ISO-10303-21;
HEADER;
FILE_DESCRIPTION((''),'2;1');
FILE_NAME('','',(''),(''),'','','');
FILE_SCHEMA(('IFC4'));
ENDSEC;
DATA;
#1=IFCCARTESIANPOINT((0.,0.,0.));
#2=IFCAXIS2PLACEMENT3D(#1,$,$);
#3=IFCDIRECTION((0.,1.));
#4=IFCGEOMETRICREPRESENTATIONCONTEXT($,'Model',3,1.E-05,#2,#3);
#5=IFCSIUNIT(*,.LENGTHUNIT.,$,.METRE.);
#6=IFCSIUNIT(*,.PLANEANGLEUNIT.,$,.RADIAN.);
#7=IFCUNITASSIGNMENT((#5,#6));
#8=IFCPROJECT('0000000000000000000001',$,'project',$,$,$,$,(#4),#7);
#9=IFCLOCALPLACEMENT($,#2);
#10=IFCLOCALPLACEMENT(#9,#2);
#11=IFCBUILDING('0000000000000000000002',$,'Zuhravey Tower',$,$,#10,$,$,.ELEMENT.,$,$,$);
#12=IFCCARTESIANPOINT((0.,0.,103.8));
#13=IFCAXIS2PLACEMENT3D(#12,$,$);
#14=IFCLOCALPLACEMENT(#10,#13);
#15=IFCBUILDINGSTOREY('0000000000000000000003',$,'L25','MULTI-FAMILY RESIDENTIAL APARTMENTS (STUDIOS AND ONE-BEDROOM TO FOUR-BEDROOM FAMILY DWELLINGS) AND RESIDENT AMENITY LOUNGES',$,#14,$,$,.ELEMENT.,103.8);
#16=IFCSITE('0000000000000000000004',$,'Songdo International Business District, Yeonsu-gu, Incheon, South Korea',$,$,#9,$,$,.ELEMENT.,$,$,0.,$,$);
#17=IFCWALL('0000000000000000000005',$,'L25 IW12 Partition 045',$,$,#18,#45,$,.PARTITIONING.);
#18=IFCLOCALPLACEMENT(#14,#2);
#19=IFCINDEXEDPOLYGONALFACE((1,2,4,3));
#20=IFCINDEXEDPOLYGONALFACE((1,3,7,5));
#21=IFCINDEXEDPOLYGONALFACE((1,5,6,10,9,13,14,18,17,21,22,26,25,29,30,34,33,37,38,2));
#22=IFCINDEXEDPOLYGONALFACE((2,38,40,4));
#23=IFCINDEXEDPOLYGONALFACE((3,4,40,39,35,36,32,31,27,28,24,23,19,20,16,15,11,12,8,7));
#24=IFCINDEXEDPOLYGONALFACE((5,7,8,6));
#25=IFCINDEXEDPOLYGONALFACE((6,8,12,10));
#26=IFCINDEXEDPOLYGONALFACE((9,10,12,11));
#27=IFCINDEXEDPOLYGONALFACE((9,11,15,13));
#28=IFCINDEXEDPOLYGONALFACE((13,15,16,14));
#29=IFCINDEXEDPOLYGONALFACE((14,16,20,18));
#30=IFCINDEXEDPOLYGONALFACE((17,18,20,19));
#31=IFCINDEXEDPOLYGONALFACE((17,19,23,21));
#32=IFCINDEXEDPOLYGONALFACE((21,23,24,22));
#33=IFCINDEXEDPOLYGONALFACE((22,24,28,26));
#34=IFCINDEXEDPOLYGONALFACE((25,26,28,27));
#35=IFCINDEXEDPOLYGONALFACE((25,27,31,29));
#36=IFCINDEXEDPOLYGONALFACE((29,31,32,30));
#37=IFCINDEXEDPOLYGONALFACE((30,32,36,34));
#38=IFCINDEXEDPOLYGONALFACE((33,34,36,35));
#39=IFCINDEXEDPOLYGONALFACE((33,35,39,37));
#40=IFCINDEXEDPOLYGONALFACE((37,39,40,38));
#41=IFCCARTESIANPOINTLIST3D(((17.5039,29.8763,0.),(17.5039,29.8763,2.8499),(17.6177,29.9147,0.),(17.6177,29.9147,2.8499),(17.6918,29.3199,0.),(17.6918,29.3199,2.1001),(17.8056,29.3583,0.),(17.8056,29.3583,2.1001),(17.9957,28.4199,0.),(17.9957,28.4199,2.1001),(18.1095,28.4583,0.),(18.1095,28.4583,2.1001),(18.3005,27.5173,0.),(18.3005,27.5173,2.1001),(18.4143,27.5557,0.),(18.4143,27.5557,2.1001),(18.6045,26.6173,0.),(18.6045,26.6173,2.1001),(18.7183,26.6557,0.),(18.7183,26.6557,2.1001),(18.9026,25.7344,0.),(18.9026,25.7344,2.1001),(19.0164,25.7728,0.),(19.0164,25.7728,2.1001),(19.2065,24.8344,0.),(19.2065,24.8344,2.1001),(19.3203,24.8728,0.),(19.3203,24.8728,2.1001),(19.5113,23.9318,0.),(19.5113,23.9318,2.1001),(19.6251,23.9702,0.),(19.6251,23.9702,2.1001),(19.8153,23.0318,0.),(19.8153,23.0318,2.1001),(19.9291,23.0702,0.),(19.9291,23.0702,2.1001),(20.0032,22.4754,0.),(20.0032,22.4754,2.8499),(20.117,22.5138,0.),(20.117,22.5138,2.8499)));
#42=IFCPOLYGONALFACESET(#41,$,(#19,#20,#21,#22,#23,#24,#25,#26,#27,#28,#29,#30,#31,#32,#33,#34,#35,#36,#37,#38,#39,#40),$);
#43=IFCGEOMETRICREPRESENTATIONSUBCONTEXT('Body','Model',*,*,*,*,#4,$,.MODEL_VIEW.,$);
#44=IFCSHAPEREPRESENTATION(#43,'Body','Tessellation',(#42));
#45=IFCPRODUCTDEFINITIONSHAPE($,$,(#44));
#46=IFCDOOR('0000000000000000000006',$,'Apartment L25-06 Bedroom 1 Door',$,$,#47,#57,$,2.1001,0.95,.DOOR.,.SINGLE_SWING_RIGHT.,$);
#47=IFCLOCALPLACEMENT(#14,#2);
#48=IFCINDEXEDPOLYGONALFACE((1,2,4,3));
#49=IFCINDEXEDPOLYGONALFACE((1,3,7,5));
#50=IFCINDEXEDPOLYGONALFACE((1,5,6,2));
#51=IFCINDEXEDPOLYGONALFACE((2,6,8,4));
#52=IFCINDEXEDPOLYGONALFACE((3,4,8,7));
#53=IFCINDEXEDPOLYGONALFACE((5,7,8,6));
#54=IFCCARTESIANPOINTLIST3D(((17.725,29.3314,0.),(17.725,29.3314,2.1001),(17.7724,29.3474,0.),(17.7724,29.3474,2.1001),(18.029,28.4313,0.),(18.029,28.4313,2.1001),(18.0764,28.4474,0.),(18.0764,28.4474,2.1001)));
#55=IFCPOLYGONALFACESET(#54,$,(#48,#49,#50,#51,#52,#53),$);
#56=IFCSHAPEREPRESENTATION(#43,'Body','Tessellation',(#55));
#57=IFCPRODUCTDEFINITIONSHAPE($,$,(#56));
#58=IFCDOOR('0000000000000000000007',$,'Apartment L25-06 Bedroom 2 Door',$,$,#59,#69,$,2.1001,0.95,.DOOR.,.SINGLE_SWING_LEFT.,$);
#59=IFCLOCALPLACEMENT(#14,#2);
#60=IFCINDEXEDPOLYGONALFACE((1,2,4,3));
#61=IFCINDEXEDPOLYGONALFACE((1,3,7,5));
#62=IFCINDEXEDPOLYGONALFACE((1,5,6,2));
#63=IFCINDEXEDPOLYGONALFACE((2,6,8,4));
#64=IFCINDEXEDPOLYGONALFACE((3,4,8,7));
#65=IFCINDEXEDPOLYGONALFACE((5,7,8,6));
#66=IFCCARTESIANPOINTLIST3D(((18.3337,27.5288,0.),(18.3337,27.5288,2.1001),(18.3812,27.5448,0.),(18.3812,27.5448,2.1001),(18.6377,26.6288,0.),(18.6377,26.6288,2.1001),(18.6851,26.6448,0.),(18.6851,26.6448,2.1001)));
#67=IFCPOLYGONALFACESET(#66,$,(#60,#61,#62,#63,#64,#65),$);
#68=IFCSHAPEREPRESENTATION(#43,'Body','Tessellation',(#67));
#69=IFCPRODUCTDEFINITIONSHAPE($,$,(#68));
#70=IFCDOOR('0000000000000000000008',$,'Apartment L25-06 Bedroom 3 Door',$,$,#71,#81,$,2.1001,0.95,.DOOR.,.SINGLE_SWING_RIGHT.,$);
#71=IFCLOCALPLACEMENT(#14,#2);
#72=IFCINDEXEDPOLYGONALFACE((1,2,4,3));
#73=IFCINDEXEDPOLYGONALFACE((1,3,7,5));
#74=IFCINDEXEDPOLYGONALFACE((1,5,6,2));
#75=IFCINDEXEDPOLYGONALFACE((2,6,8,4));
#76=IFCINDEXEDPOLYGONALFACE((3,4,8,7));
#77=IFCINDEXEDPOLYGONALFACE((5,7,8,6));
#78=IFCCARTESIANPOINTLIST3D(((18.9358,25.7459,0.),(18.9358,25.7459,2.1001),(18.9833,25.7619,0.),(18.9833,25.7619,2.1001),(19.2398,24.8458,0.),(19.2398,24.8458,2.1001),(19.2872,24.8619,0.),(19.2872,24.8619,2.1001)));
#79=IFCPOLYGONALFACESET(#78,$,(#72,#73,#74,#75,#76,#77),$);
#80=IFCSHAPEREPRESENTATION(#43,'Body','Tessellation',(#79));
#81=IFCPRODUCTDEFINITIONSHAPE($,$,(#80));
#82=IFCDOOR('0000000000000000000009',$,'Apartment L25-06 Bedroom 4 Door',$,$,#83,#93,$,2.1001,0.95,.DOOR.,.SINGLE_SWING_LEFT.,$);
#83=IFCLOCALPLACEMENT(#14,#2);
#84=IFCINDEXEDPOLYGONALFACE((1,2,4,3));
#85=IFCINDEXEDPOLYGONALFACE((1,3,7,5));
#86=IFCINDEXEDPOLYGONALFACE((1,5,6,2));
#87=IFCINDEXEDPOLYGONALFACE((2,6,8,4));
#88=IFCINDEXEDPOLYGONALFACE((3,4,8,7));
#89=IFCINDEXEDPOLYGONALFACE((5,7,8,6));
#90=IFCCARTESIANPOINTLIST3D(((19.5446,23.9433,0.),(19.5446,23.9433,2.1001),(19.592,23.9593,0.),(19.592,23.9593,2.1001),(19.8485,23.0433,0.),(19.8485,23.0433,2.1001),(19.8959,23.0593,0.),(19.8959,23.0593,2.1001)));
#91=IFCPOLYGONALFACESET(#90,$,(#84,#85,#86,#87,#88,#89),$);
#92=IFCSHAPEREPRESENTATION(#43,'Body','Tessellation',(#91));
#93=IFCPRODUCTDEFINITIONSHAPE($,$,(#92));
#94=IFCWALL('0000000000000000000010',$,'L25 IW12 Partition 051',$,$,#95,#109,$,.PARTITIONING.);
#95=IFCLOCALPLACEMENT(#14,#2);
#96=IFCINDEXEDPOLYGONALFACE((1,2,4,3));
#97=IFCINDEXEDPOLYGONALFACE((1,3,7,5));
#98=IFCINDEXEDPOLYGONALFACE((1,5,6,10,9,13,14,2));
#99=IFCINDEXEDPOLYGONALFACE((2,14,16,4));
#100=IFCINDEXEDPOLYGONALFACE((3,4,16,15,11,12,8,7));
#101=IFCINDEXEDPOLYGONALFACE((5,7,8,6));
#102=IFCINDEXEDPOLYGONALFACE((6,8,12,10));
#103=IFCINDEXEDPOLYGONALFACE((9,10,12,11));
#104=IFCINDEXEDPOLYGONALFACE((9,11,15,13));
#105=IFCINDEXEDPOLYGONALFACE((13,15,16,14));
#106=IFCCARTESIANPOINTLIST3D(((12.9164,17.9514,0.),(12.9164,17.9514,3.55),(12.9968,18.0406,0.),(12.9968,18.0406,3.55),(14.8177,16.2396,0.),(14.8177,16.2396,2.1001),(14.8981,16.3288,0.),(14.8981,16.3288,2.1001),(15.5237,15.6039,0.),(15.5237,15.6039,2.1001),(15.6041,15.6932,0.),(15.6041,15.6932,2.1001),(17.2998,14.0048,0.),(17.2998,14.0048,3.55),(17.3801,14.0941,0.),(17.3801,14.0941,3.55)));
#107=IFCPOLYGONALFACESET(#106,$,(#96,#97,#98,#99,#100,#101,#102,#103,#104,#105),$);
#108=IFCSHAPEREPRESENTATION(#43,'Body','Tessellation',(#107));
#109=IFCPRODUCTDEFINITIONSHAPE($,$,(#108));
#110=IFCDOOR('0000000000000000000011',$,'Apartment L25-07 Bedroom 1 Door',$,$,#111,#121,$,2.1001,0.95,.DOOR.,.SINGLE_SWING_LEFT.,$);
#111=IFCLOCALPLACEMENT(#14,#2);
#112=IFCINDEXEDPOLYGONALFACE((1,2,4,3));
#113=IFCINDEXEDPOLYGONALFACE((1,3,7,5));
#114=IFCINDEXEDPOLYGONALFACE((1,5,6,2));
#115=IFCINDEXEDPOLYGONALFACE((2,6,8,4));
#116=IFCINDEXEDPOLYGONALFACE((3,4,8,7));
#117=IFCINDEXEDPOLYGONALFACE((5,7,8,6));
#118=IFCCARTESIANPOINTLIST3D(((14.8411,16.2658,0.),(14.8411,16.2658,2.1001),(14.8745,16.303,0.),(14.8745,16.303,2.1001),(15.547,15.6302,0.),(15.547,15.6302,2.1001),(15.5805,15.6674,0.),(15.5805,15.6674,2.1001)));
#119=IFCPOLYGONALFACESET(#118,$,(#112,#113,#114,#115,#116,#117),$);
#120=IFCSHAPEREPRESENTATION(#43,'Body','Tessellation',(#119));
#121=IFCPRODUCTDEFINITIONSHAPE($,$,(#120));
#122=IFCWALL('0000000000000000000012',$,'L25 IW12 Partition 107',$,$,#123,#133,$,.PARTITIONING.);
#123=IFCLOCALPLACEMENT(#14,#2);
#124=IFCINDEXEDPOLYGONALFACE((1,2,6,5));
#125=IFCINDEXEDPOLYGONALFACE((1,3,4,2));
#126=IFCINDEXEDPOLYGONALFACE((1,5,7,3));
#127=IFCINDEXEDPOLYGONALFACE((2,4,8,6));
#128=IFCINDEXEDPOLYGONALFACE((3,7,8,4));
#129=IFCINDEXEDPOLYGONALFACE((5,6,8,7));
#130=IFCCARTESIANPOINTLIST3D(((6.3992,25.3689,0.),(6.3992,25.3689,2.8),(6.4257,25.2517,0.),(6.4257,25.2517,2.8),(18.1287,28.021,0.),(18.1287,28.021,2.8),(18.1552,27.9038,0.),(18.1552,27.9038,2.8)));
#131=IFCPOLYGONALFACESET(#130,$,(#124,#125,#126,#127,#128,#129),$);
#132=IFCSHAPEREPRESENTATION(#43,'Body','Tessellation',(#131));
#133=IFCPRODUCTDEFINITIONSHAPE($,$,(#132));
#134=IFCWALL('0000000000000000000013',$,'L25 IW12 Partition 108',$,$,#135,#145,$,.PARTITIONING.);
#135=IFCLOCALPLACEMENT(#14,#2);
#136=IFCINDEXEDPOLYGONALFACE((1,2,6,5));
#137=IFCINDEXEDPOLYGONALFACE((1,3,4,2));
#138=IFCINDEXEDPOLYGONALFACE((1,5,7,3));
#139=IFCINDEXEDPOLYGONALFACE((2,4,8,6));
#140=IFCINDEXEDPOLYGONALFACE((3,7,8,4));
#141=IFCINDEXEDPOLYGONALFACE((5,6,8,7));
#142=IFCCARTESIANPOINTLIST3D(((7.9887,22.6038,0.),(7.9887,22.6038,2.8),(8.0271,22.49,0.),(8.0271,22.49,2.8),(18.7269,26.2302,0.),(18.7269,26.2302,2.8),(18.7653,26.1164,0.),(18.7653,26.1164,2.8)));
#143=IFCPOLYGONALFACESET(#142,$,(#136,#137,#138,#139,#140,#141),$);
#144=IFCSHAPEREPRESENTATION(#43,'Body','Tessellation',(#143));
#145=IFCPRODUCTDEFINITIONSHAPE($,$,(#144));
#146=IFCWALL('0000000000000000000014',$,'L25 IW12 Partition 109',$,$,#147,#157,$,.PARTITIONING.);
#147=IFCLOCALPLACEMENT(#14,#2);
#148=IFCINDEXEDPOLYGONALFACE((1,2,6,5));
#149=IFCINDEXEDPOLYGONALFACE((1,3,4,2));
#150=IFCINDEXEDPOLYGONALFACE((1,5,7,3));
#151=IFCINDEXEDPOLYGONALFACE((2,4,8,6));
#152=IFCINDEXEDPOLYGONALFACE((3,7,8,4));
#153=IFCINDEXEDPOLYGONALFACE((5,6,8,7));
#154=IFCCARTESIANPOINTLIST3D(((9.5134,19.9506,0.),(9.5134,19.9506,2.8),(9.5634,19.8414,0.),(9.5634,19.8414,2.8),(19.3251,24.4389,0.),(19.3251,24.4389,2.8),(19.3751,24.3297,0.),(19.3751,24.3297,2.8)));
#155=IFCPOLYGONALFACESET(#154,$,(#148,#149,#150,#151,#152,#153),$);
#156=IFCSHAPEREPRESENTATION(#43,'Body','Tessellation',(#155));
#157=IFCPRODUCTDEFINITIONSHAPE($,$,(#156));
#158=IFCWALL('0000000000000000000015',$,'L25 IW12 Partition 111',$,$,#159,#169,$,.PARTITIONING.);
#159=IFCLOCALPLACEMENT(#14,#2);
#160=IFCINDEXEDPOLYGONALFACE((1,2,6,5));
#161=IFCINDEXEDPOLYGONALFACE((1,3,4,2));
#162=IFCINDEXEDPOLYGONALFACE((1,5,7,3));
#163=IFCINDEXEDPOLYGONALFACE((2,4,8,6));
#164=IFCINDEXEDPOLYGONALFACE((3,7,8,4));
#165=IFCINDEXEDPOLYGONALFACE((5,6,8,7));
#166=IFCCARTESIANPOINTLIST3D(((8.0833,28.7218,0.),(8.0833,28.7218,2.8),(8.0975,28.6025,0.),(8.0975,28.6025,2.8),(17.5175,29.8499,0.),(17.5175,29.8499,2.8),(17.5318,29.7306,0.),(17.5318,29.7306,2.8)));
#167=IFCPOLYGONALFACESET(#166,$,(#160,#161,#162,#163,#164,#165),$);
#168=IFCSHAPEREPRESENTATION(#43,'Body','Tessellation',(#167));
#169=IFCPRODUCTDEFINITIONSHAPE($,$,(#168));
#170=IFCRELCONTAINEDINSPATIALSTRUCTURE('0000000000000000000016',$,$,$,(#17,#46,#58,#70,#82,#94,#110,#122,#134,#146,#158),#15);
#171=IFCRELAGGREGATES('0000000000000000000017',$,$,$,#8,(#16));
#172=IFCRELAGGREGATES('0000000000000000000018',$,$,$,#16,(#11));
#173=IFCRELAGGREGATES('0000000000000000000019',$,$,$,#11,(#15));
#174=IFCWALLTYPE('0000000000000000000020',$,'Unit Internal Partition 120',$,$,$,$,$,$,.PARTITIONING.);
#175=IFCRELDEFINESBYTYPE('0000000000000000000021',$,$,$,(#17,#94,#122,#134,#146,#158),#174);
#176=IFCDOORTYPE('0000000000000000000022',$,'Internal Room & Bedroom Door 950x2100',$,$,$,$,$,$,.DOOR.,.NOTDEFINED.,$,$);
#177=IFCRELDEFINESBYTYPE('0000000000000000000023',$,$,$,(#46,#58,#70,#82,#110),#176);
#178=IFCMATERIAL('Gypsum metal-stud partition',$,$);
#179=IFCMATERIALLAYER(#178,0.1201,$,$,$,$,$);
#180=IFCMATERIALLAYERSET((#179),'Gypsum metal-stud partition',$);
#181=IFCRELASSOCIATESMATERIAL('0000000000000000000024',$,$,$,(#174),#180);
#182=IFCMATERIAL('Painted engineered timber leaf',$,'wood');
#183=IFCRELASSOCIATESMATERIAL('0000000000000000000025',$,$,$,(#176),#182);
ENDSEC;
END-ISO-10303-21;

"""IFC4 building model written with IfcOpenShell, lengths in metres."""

from ifc_helpers import new_model, si_unit, direction, frame, frame_2d, origin, place, context, subcontext, project, spatial, rectangle, extrude, material, layer, layer_set, type_object, element, fill, save


model = new_model("IFC4")

# Units and contexts
model_context = context("Model", 3, precision=1e-05, world=origin(), true_north=direction((0.0, 1.0)))
body_context = subcontext(model_context, "Body", "Model", "MODEL_VIEW")
ifc_project = project(units=[si_unit("LENGTHUNIT", "METRE"), si_unit("PLANEANGLEUNIT", "RADIAN")], contexts=[model_context])

# Site, building, storey
site_placement = place(None, origin())
site = spatial("IfcSite", under=ifc_project, at=site_placement, Name="Songdo International Business District, Yeonsu-gu, Incheon, South Korea", CompositionType="ELEMENT", RefElevation=0.0)
building_placement = place(site_placement, origin())
building = spatial("IfcBuilding", under=site, at=building_placement, Name="Zuhravey Tower", CompositionType="ELEMENT")
storey_placement = place(building_placement, frame((0.0, 0.0, 103.8)))
storey = spatial("IfcBuildingStorey", under=building, at=storey_placement, Name="L25", Description="MULTI-FAMILY RESIDENTIAL APARTMENTS (STUDIOS AND ONE-BEDROOM TO FOUR-BEDROOM FAMILY DWELLINGS) AND RESIDENT AMENITY LOUNGES", CompositionType="ELEMENT", Elevation=103.8)

# Wall, openings, doors
ifc_material_1 = material(Name="Gypsum metal-stud partition")
ifc_layer_1 = layer(ifc_material_1, 0.1201)
ifc_layer_set_1 = layer_set([ifc_layer_1], Name="Gypsum metal-stud partition")
wall_type_1 = type_object("IfcWallType", Name="Unit Internal Partition 120", PredefinedType="PARTITIONING", material=ifc_layer_set_1)
ifc_material_2 = material(Name="Painted engineered timber leaf", Category="wood")
door_type_1 = type_object("IfcDoorType", Name="Internal Room & Bedroom Door 950x2100", OperationType="NOTDEFINED", PredefinedType="DOOR", material=ifc_material_2)
wall_1_placement = place(storey_placement, frame((17.5608, 29.8955, 0.0), z_axis=(0.0, 0.0, 1.0), x_axis=(0.319948, -0.947435, 0.0)))
wall_1 = element("IfcWall", 1, at=wall_1_placement, inside=storey, type_object=wall_type_1, Name="L25 IW12 Partition 045", PredefinedType="PARTITIONING", context=body_context, shape_type="SweptSolid", body=[
    extrude(rectangle(XDim=7.8115, YDim=0.1201, at=frame_2d((3.9058, 0.0))), origin(), (0.0, 0.0, 1.0), 2.8499),
])
opening_1_placement = place(wall_1_placement, frame((0.5872, 0.0, 0.0)))
opening_1 = element("IfcOpeningElement", 2, at=opening_1_placement, cuts=wall_1, PredefinedType="OPENING", context=body_context, shape_type="SweptSolid", body=[
    extrude(rectangle(XDim=0.95, YDim=2.1001, at=frame_2d((0.4751, 1.05))), frame((0.0, 0.072, 0.0), z_axis=(0.0, -1.0, 0.0), x_axis=(1.0, 0.0, 0.0)), (0.0, 0.0, 1.0), 0.144),
])
opening_2_placement = place(wall_1_placement, frame((2.4897, 0.0, 0.0)))
opening_2 = element("IfcOpeningElement", 3, at=opening_2_placement, cuts=wall_1, PredefinedType="OPENING", context=body_context, shape_type="SweptSolid", body=[
    extrude(rectangle(XDim=0.95, YDim=2.1001, at=frame_2d((0.4751, 1.05))), frame((0.0, 0.072, 0.0), z_axis=(0.0, -1.0, 0.0), x_axis=(1.0, 0.0, 0.0)), (0.0, 0.0, 1.0), 0.144),
])
opening_3_placement = place(wall_1_placement, frame((4.3716, 0.0, 0.0)))
opening_3 = element("IfcOpeningElement", 4, at=opening_3_placement, cuts=wall_1, PredefinedType="OPENING", context=body_context, shape_type="SweptSolid", body=[
    extrude(rectangle(XDim=0.95, YDim=2.1001, at=frame_2d((0.4751, 1.05))), frame((0.0, 0.072, 0.0), z_axis=(0.0, -1.0, 0.0), x_axis=(1.0, 0.0, 0.0)), (0.0, 0.0, 1.0), 0.144),
])
opening_4_placement = place(wall_1_placement, frame((6.2742, 0.0, 0.0)))
opening_4 = element("IfcOpeningElement", 5, at=opening_4_placement, cuts=wall_1, PredefinedType="OPENING", context=body_context, shape_type="SweptSolid", body=[
    extrude(rectangle(XDim=0.95, YDim=2.1001, at=frame_2d((0.4751, 1.05))), frame((0.0, 0.072, 0.0), z_axis=(0.0, -1.0, 0.0), x_axis=(1.0, 0.0, 0.0)), (0.0, 0.0, 1.0), 0.144),
])
door_1_placement = place(opening_1_placement, frame((0.95, 0.0, 0.0), z_axis=(0.0, 0.0, 1.0), x_axis=(-1.0, 0.0, 0.0)))
door_1 = element("IfcDoor", 6, at=door_1_placement, inside=storey, type_object=door_type_1, Name="Apartment L25-06 Bedroom 1 Door", OperationType="SINGLE_SWING_RIGHT", OverallHeight=2.1001, OverallWidth=0.95, PredefinedType="DOOR", context=body_context, shape_type="SweptSolid", body=[
    extrude(rectangle(XDim=0.95, YDim=2.1001, at=frame_2d((0.4751, 1.05))), frame((0.0, 0.0249, 0.0), z_axis=(0.0, -1.0, 0.0), x_axis=(1.0, 0.0, 0.0)), (0.0, 0.0, 1.0), 0.05),
])
fill(opening_1, door_1)
door_2_placement = place(opening_2_placement, frame((0.95, 0.0, 0.0), z_axis=(0.0, 0.0, 1.0), x_axis=(-1.0, 0.0, 0.0)))
door_2 = element("IfcDoor", 7, at=door_2_placement, inside=storey, type_object=door_type_1, Name="Apartment L25-06 Bedroom 2 Door", OperationType="SINGLE_SWING_LEFT", OverallHeight=2.1001, OverallWidth=0.95, PredefinedType="DOOR", context=body_context, shape_type="SweptSolid", body=[
    extrude(rectangle(XDim=0.95, YDim=2.1001, at=frame_2d((0.4751, 1.05))), frame((0.0, 0.0249, 0.0), z_axis=(0.0, -1.0, 0.0), x_axis=(1.0, 0.0, 0.0)), (0.0, 0.0, 1.0), 0.05),
])
fill(opening_2, door_2)
door_3_placement = place(opening_3_placement, frame((0.95, 0.0, 0.0), z_axis=(0.0, 0.0, 1.0), x_axis=(-1.0, 0.0, 0.0)))
door_3 = element("IfcDoor", 8, at=door_3_placement, inside=storey, type_object=door_type_1, Name="Apartment L25-06 Bedroom 3 Door", OperationType="SINGLE_SWING_RIGHT", OverallHeight=2.1001, OverallWidth=0.95, PredefinedType="DOOR", context=body_context, shape_type="SweptSolid", body=[
    extrude(rectangle(XDim=0.95, YDim=2.1001, at=frame_2d((0.4751, 1.05))), frame((0.0, 0.0249, 0.0), z_axis=(0.0, -1.0, 0.0), x_axis=(1.0, 0.0, 0.0)), (0.0, 0.0, 1.0), 0.05),
])
fill(opening_3, door_3)
door_4_placement = place(opening_4_placement, frame((0.95, 0.0, 0.0), z_axis=(0.0, 0.0, 1.0), x_axis=(-1.0, 0.0, 0.0)))
door_4 = element("IfcDoor", 9, at=door_4_placement, inside=storey, type_object=door_type_1, Name="Apartment L25-06 Bedroom 4 Door", OperationType="SINGLE_SWING_LEFT", OverallHeight=2.1001, OverallWidth=0.95, PredefinedType="DOOR", context=body_context, shape_type="SweptSolid", body=[
    extrude(rectangle(XDim=0.95, YDim=2.1001, at=frame_2d((0.4751, 1.05))), frame((0.0, 0.0249, 0.0), z_axis=(0.0, -1.0, 0.0), x_axis=(1.0, 0.0, 0.0)), (0.0, 0.0, 1.0), 0.05),
])
fill(opening_4, door_4)

# Wall, opening, door
wall_2_placement = place(storey_placement, frame((12.9565, 17.9961, 0.0), z_axis=(0.0, 0.0, 1.0), x_axis=(0.743162, -0.669111, 0.0)))
wall_2 = element("IfcWall", 10, at=wall_2_placement, inside=storey, type_object=wall_type_1, Name="L25 IW12 Partition 051", PredefinedType="PARTITIONING", context=body_context, shape_type="SweptSolid", body=[
    extrude(rectangle(XDim=5.8982, YDim=0.1201, at=frame_2d((2.9492, 0.0))), origin(), (0.0, 0.0, 1.0), 3.55),
])
opening_5_placement = place(wall_2_placement, frame((2.5583, 0.0, 0.0)))
opening_5 = element("IfcOpeningElement", 11, at=opening_5_placement, cuts=wall_2, PredefinedType="OPENING", context=body_context, shape_type="SweptSolid", body=[
    extrude(rectangle(XDim=0.95, YDim=2.1001, at=frame_2d((0.4751, 1.05))), frame((0.0, 0.072, 0.0), z_axis=(0.0, -1.0, 0.0), x_axis=(1.0, 0.0, 0.0)), (0.0, 0.0, 1.0), 0.144),
])
door_5_placement = place(opening_5_placement, frame((0.95, 0.0, 0.0), z_axis=(0.0, 0.0, 1.0), x_axis=(-1.0, 0.0, 0.0)))
door_5 = element("IfcDoor", 12, at=door_5_placement, inside=storey, type_object=door_type_1, Name="Apartment L25-07 Bedroom 1 Door", OperationType="SINGLE_SWING_LEFT", OverallHeight=2.1001, OverallWidth=0.95, PredefinedType="DOOR", context=body_context, shape_type="SweptSolid", body=[
    extrude(rectangle(XDim=0.95, YDim=2.1001, at=frame_2d((0.4751, 1.05))), frame((0.0, 0.0249, 0.0), z_axis=(0.0, -1.0, 0.0), x_axis=(1.0, 0.0, 0.0)), (0.0, 0.0, 1.0), 0.05),
])
fill(opening_5, door_5)

# Walls
wall_3_placement = place(storey_placement, frame((18.1418, 27.9624, 0.0), z_axis=(0.0, 0.0, 1.0), x_axis=(-0.975378, -0.220538, 0.0)))
element("IfcWall", 13, at=wall_3_placement, inside=storey, type_object=wall_type_1, Name="L25 IW12 Partition 107", PredefinedType="PARTITIONING", context=body_context, shape_type="SweptSolid", body=[
    extrude(rectangle(XDim=12.0256, YDim=0.1201, at=frame_2d((6.0127, 0.0))), origin(), (0.0, 0.0, 1.0), 2.8),
])
wall_4_placement = place(storey_placement, frame((18.7461, 26.1733, 0.0), z_axis=(0.0, 0.0, 1.0), x_axis=(-0.947431, -0.31996, 0.0)))
element("IfcWall", 14, at=wall_4_placement, inside=storey, type_object=wall_type_1, Name="L25 IW12 Partition 108", PredefinedType="PARTITIONING", context=body_context, shape_type="SweptSolid", body=[
    extrude(rectangle(XDim=11.334, YDim=0.1201, at=frame_2d((5.667, 0.0))), origin(), (0.0, 0.0, 1.0), 2.8),
])
wall_5_placement = place(storey_placement, frame((19.3501, 24.3843, 0.0), z_axis=(0.0, 0.0, 1.0), x_axis=(-0.909373, -0.415982, 0.0)))
element("IfcWall", 15, at=wall_5_placement, inside=storey, type_object=wall_type_1, Name="L25 IW12 Partition 109", PredefinedType="PARTITIONING", context=body_context, shape_type="SweptSolid", body=[
    extrude(rectangle(XDim=10.7896, YDim=0.1201, at=frame_2d((5.3948, 0.0))), origin(), (0.0, 0.0, 1.0), 2.8),
])
wall_6_placement = place(storey_placement, frame((17.5247, 29.7903, 0.0), z_axis=(0.0, 0.0, 1.0), x_axis=(-0.992926, -0.118736, 0.0)))
element("IfcWall", 16, at=wall_6_placement, inside=storey, type_object=wall_type_1, Name="L25 IW12 Partition 111", PredefinedType="PARTITIONING", context=body_context, shape_type="SweptSolid", body=[
    extrude(rectangle(XDim=9.5015, YDim=0.1201, at=frame_2d((4.7507, 0.0))), origin(), (0.0, 0.0, 1.0), 2.8),
])

save(model, "model.ifc")
